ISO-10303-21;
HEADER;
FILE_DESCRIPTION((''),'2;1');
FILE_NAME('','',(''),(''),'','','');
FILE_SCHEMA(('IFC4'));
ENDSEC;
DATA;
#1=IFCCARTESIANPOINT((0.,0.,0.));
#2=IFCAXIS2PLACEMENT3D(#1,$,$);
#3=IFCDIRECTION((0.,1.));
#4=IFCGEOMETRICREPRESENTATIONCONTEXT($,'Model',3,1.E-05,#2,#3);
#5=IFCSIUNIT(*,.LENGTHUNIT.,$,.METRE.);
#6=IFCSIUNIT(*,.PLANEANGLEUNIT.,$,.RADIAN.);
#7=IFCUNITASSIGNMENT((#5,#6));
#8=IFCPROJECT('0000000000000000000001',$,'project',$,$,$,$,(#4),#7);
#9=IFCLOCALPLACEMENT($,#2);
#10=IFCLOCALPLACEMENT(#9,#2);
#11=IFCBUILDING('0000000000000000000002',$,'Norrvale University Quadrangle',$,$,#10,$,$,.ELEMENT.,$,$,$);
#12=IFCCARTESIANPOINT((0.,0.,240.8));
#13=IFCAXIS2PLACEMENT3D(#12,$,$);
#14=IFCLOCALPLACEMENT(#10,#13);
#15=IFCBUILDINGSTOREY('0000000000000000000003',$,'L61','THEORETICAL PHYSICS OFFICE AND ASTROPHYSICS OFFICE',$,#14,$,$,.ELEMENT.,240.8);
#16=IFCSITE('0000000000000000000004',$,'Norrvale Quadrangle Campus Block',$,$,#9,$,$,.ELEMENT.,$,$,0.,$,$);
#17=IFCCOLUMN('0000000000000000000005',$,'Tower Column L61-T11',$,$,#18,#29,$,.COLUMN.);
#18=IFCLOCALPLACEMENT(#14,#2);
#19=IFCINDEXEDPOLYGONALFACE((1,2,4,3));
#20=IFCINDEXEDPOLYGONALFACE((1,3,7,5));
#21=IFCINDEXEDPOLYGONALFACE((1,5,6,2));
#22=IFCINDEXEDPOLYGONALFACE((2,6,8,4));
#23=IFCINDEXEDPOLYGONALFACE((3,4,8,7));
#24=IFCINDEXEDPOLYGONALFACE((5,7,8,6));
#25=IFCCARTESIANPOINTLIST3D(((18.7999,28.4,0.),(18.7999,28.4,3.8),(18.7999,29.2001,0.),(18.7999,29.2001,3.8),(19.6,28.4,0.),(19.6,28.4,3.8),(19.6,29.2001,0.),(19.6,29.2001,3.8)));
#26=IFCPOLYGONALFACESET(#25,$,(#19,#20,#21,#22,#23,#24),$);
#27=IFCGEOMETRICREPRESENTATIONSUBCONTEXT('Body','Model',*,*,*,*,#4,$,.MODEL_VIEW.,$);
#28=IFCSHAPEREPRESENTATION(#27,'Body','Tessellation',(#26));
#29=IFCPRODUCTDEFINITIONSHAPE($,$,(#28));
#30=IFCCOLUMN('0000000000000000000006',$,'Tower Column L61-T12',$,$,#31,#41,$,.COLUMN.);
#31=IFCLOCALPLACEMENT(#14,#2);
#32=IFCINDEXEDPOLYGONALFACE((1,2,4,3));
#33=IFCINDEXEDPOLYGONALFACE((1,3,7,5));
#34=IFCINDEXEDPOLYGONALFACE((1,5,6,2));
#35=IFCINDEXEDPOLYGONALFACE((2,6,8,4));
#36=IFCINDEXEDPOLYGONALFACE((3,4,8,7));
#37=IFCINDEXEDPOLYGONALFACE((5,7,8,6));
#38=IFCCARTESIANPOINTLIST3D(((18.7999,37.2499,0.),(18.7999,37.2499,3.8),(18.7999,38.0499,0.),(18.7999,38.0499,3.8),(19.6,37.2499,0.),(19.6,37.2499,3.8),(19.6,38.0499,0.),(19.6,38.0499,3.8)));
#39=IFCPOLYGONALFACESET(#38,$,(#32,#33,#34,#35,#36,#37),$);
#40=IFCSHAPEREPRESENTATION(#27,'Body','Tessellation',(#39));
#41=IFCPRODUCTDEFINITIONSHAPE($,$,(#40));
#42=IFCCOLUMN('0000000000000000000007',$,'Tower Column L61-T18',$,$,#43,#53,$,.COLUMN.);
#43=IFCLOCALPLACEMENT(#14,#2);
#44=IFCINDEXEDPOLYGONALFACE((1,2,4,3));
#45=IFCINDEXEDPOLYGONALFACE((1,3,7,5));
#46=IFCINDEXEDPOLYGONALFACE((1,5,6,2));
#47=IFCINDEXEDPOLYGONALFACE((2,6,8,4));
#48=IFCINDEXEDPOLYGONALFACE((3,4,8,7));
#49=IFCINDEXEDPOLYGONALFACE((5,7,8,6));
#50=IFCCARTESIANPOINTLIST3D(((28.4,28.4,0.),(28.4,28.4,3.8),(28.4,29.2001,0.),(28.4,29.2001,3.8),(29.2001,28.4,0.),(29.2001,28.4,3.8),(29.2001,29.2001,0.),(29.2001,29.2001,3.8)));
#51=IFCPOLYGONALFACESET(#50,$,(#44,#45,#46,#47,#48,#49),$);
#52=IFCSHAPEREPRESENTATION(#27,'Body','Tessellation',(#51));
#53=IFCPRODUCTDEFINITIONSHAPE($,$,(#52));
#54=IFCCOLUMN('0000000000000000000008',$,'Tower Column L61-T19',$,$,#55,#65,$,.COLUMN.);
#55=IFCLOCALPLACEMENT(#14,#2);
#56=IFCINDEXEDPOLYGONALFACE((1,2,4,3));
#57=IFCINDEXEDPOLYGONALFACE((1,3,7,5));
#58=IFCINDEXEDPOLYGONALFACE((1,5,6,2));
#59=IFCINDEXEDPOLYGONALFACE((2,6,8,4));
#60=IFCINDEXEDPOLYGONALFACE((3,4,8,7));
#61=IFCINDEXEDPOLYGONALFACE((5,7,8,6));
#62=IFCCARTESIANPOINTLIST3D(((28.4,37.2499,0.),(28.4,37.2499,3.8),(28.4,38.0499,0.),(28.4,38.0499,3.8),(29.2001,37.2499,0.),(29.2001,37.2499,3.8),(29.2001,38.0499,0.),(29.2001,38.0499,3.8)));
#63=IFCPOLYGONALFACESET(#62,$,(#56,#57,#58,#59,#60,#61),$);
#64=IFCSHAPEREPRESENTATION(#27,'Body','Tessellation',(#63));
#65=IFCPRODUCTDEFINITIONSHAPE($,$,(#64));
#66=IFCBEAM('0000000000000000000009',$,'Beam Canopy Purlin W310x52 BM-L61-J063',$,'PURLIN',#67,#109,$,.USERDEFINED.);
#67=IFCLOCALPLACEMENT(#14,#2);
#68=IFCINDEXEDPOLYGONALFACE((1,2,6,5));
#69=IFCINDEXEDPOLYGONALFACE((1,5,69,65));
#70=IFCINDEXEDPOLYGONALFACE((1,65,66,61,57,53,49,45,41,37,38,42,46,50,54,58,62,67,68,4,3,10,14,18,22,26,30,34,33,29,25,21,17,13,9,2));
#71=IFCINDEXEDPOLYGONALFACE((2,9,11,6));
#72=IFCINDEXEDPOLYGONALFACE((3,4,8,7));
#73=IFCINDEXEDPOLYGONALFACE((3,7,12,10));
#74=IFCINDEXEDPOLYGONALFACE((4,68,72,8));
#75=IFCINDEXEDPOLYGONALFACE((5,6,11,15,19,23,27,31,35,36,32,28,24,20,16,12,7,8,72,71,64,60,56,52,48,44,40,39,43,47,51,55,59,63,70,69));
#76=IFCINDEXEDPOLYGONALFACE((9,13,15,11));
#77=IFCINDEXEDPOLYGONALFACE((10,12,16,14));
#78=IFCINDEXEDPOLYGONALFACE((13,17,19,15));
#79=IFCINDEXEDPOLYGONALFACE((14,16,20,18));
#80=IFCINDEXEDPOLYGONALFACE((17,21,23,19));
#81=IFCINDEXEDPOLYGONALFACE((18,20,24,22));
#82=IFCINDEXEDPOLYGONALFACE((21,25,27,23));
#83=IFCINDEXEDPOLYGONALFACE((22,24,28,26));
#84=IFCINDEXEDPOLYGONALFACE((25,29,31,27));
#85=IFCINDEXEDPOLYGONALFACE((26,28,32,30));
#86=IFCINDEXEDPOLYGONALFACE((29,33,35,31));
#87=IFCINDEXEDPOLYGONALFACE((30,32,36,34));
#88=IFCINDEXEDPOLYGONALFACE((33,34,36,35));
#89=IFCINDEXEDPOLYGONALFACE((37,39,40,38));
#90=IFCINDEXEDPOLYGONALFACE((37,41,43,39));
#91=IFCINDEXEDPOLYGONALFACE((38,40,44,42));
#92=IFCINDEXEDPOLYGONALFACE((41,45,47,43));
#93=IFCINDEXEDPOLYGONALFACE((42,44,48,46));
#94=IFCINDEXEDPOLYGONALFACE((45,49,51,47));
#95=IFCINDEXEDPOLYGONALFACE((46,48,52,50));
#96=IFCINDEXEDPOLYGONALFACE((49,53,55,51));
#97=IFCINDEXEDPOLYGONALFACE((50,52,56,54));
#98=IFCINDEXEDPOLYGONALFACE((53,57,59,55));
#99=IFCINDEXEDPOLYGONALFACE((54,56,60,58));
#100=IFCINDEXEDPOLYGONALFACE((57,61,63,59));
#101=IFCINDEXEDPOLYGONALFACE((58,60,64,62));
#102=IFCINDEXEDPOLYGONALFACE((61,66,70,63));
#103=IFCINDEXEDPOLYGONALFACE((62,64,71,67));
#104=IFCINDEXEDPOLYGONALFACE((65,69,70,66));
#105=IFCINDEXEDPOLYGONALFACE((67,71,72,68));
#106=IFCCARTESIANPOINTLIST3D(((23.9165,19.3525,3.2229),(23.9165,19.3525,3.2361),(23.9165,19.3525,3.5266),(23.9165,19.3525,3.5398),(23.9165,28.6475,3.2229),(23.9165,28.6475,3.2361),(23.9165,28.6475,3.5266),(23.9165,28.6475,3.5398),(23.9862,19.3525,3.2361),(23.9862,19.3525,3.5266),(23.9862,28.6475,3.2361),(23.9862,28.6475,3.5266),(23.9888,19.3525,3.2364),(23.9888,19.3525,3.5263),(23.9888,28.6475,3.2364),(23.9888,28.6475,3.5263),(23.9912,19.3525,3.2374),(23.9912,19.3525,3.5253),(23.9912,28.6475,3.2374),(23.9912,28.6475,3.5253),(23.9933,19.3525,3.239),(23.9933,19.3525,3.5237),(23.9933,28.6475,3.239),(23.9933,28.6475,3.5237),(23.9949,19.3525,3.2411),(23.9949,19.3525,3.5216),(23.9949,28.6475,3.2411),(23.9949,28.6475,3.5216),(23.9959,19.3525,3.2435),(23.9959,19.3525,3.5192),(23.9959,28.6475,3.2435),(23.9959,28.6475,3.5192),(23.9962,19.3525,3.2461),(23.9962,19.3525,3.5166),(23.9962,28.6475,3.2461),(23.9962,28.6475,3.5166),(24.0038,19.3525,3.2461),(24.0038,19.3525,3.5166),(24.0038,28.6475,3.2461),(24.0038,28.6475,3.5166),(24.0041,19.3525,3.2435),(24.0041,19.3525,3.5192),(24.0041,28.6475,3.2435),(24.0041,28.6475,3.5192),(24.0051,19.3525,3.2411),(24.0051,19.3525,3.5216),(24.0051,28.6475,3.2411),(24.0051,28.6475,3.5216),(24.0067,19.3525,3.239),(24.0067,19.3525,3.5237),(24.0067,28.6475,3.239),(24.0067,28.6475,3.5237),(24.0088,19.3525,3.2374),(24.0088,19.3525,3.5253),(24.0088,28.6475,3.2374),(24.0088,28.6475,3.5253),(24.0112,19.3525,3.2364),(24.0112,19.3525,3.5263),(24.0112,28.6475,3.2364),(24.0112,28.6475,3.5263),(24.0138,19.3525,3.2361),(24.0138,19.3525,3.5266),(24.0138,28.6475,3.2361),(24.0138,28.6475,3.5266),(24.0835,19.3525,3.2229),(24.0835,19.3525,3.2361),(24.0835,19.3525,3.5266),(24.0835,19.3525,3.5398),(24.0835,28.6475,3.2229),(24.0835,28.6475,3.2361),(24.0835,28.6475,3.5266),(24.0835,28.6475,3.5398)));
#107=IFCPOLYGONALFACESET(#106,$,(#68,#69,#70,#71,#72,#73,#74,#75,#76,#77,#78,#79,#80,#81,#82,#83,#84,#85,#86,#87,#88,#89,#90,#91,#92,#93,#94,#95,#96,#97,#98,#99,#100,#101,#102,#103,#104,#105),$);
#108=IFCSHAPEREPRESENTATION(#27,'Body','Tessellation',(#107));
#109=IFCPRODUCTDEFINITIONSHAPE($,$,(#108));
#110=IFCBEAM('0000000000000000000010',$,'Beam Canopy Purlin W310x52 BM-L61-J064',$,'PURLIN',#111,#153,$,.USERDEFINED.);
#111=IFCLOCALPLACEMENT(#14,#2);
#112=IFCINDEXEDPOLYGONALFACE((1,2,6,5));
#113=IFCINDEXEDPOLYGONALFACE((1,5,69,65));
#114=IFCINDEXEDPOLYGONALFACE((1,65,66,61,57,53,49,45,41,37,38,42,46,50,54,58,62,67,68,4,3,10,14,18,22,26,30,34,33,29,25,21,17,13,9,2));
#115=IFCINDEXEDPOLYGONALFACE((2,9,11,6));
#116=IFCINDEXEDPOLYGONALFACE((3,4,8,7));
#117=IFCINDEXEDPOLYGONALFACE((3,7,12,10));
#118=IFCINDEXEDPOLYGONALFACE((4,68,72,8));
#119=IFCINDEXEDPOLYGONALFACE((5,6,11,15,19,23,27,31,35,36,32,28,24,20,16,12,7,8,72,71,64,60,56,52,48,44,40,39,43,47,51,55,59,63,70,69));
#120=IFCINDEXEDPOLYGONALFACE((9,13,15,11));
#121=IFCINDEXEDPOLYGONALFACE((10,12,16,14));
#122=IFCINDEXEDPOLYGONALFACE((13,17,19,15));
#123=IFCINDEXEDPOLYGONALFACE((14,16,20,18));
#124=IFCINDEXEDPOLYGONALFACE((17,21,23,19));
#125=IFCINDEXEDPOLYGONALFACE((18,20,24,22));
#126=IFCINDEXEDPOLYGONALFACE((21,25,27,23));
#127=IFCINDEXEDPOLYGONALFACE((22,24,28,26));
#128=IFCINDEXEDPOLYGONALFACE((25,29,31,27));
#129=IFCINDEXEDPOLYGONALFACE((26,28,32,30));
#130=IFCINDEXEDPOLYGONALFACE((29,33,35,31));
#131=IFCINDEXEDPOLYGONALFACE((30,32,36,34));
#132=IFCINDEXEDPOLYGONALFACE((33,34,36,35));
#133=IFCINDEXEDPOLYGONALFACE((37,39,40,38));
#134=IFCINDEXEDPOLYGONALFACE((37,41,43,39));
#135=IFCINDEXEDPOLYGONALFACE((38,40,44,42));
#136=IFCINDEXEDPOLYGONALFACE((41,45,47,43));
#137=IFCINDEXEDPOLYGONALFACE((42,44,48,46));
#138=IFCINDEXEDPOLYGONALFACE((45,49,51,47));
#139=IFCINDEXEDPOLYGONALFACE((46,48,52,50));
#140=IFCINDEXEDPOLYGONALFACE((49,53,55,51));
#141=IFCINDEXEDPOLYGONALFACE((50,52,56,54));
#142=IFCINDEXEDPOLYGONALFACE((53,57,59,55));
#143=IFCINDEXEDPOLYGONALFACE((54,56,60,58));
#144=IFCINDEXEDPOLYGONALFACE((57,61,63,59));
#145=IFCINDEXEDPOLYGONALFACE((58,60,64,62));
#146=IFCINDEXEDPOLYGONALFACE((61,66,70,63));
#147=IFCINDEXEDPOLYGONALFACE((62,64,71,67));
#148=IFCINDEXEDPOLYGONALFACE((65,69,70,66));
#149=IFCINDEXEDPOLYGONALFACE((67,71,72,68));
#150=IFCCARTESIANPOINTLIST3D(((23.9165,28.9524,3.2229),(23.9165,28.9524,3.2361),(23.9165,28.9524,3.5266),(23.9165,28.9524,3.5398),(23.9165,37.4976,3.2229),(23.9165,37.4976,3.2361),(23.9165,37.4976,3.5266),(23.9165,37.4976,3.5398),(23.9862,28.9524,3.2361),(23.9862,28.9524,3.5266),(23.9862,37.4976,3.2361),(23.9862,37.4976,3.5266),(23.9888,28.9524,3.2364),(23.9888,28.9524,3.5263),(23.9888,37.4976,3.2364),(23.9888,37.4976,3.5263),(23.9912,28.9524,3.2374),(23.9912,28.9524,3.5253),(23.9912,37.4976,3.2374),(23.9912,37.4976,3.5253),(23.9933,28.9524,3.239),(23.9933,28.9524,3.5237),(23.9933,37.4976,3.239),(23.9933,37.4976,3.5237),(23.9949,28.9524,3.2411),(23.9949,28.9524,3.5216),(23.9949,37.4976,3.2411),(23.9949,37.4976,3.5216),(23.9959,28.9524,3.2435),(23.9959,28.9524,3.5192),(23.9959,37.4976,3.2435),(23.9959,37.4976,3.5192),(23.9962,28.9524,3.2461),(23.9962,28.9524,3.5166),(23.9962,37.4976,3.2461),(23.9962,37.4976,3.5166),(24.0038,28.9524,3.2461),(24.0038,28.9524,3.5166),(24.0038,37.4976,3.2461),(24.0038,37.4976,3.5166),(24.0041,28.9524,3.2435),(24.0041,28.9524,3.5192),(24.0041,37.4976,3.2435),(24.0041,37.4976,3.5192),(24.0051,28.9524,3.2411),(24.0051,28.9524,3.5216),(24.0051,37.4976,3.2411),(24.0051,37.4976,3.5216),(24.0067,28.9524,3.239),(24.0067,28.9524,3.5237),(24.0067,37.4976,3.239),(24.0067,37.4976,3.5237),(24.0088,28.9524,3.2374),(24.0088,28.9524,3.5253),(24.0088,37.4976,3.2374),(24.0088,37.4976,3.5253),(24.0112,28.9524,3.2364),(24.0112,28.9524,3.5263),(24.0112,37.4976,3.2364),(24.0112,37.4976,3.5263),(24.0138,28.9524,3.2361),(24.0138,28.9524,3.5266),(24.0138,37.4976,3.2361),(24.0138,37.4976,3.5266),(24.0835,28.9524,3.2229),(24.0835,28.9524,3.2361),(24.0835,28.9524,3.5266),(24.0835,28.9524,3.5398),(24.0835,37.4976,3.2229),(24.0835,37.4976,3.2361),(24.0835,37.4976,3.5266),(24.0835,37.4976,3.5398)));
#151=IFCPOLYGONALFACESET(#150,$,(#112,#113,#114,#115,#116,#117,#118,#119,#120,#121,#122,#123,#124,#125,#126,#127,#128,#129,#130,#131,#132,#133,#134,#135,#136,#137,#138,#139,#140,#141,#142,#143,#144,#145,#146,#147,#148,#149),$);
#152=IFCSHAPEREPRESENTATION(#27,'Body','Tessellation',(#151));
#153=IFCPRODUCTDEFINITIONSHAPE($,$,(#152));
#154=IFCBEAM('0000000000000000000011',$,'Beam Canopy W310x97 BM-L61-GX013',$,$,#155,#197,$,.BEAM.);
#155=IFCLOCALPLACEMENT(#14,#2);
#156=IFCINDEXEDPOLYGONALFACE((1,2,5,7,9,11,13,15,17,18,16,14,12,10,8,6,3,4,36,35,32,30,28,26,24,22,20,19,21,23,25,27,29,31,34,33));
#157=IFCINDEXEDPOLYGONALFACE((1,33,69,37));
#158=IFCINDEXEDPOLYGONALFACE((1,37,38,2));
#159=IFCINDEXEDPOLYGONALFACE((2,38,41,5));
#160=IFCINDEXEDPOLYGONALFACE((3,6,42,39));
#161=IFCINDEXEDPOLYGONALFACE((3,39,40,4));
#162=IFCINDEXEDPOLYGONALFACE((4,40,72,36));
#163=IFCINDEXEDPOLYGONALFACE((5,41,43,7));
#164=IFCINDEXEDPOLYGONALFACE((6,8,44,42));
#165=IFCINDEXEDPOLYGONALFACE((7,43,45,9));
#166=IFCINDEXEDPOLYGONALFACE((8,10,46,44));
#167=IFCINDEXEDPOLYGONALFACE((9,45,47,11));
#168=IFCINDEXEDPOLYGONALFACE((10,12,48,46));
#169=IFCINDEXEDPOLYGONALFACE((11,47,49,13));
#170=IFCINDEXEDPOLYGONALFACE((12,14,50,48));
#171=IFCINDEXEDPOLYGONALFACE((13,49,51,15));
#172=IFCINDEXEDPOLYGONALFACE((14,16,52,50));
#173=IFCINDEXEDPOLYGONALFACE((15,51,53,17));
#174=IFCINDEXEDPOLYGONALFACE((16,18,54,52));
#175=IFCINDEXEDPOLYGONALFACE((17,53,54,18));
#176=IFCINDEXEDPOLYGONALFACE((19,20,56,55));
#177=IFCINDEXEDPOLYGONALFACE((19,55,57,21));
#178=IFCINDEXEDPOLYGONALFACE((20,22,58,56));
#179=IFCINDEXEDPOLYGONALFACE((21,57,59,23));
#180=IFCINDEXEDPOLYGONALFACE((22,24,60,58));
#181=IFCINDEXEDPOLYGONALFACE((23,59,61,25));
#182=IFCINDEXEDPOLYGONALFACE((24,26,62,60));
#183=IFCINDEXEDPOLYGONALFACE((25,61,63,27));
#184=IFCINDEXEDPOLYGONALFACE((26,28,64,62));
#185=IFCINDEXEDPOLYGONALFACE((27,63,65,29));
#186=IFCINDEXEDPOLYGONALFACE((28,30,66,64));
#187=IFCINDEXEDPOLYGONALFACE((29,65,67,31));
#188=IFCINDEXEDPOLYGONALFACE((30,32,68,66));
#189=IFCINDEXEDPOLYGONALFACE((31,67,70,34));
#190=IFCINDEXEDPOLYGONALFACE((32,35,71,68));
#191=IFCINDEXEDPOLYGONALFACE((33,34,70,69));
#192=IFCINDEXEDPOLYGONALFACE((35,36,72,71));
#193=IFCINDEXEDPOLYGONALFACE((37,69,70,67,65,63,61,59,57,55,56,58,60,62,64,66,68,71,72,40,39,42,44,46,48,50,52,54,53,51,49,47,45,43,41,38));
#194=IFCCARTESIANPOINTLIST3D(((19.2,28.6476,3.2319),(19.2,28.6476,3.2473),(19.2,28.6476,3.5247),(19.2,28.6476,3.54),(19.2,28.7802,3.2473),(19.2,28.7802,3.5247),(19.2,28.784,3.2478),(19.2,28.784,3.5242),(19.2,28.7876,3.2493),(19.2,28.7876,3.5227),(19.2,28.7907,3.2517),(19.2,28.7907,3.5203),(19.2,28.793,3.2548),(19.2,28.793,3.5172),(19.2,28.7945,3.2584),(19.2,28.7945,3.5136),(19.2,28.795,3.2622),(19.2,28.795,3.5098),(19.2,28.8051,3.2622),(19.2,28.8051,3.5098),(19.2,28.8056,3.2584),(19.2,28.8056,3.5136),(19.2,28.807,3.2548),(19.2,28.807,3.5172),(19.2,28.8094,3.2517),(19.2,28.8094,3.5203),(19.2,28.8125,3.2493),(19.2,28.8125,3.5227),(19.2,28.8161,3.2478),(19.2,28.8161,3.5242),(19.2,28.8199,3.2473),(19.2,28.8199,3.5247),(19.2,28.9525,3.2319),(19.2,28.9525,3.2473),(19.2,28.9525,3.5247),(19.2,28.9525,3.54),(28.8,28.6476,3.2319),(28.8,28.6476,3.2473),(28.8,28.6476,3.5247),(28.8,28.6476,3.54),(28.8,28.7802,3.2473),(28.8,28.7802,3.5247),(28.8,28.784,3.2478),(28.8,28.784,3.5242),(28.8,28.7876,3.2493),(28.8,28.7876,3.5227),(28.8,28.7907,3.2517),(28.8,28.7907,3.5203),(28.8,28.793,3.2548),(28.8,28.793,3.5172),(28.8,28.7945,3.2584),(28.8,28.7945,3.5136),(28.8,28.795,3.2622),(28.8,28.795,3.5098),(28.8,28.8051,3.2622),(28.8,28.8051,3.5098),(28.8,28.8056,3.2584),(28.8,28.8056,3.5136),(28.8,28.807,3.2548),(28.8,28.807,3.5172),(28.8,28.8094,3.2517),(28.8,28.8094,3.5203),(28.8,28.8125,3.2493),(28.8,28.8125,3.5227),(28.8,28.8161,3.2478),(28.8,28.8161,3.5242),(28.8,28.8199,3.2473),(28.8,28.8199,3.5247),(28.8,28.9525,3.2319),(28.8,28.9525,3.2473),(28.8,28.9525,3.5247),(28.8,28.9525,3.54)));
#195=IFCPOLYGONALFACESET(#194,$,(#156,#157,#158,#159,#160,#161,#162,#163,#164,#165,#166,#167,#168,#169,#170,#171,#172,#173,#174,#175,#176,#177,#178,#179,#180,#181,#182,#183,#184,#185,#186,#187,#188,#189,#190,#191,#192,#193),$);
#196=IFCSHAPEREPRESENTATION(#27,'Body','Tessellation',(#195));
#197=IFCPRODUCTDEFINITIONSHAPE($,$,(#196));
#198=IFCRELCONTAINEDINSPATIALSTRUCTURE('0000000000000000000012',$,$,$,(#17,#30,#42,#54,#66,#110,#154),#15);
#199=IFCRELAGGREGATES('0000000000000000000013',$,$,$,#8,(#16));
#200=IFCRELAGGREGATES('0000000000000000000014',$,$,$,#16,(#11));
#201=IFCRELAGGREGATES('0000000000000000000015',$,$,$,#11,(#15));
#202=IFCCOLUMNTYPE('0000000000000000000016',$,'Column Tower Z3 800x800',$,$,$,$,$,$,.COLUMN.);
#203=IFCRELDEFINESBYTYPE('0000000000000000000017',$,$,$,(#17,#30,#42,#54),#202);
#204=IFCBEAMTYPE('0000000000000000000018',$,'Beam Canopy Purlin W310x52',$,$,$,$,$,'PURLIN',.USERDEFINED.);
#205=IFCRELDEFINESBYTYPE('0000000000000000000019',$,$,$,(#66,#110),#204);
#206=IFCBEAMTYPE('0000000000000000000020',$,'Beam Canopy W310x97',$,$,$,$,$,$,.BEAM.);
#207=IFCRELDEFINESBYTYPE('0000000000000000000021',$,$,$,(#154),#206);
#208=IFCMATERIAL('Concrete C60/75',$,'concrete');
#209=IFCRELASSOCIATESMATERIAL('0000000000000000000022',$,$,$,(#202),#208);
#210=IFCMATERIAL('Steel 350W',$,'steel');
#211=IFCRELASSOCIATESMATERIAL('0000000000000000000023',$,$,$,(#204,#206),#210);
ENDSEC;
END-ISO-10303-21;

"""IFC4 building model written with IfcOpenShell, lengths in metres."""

from ifc_helpers import new_model, si_unit, direction, frame, origin, origin_2d, place, context, subcontext, project, spatial, rectangle, i_section, extrude, material, material_profile, profile_set, type_object, element, save


model = new_model("IFC4")

# Units and contexts
model_context = context("Model", 3, precision=1e-05, world=origin(), true_north=direction((0.0, 1.0)))
body_context = subcontext(model_context, "Body", "Model", "MODEL_VIEW")
ifc_project = project(units=[si_unit("LENGTHUNIT", "METRE"), si_unit("PLANEANGLEUNIT", "RADIAN")], contexts=[model_context])

# Site, building, storey
site_placement = place(None, origin())
site = spatial("IfcSite", under=ifc_project, at=site_placement, Name="Norrvale Quadrangle Campus Block", CompositionType="ELEMENT", RefElevation=0.0)
building_placement = place(site_placement, origin())
building = spatial("IfcBuilding", under=site, at=building_placement, Name="Norrvale University Quadrangle", CompositionType="ELEMENT")
storey_placement = place(building_placement, frame((0.0, 0.0, 240.8)))
storey = spatial("IfcBuildingStorey", under=building, at=storey_placement, Name="L61", Description="THEORETICAL PHYSICS OFFICE AND ASTROPHYSICS OFFICE", CompositionType="ELEMENT", Elevation=240.8)

# Columns
ifc_material_1 = material(Name="Concrete C60/75", Category="concrete")
ifc_material_profile_1 = material_profile(ifc_material_1, rectangle(XDim=0.8, YDim=0.8, at=origin_2d()), Name="Concrete C60/75")
ifc_profile_set_1 = profile_set([ifc_material_profile_1], Name="Concrete C60/75")
column_type = type_object("IfcColumnType", Name="Column Tower Z3 800x800", PredefinedType="COLUMN", material=ifc_profile_set_1)
for number, where, z_axis, x_axis, name in (
    (1, (19.2, 28.8, 0.0), (0.0, 0.0, 1.0), (1.0, 0.0, 0.0), "Tower Column L61-T11"),
    (2, (19.2, 37.6499, 0.0), (0.0, 0.0, 1.0), (1.0, 0.0, 0.0), "Tower Column L61-T12"),
    (3, (28.8, 28.8, 0.0), (0.0, 0.0, 1.0), (1.0, 0.0, 0.0), "Tower Column L61-T18"),
    (4, (28.8, 37.6499, 0.0), (0.0, 0.0, 1.0), (1.0, 0.0, 0.0), "Tower Column L61-T19"),
):
    element("IfcColumn", number, at=place(storey_placement, frame(where, z_axis=z_axis, x_axis=x_axis)), inside=storey, type_object=column_type, Name=name, PredefinedType="COLUMN", context=body_context, shape_type="SweptSolid", body=[
        extrude(rectangle(XDim=0.8, YDim=0.8, at=origin_2d()), origin(), (0.0, 0.0, 1.0), 3.8),
    ])

# Beams
ifc_material_2 = material(Name="Steel 350W", Category="steel")
ifc_material_profile_2 = material_profile(ifc_material_2, i_section(OverallWidth=0.167, OverallDepth=0.3169, WebThickness=0.0076, FlangeThickness=0.0132, FilletRadius=0.01, at=origin_2d()), Name="Steel 350W")
ifc_profile_set_2 = profile_set([ifc_material_profile_2], Name="Steel 350W")
beam_type_1 = type_object("IfcBeamType", Name="Beam Canopy Purlin W310x52", ElementType="PURLIN", PredefinedType="USERDEFINED", material=ifc_profile_set_2)
beam_1_placement = place(storey_placement, frame((24.0, 19.3525, 3.3813), z_axis=(0.0, 1.0, 0.0), x_axis=(-1.0, 0.0, 0.0)))
element("IfcBeam", 5, at=beam_1_placement, inside=storey, type_object=beam_type_1, Name="Beam Canopy Purlin W310x52 BM-L61-J063", ObjectType="PURLIN", PredefinedType="USERDEFINED", context=body_context, shape_type="SweptSolid", body=[
    extrude(i_section(OverallWidth=0.167, OverallDepth=0.3169, WebThickness=0.0076, FlangeThickness=0.0132, FilletRadius=0.01, at=origin_2d()), origin(), (0.0, 0.0, 1.0), 9.2949),
])
beam_2_placement = place(storey_placement, frame((24.0, 28.9524, 3.3813), z_axis=(0.0, 1.0, 0.0), x_axis=(-1.0, 0.0, 0.0)))
element("IfcBeam", 6, at=beam_2_placement, inside=storey, type_object=beam_type_1, Name="Beam Canopy Purlin W310x52 BM-L61-J064", ObjectType="PURLIN", PredefinedType="USERDEFINED", context=body_context, shape_type="SweptSolid", body=[
    extrude(i_section(OverallWidth=0.167, OverallDepth=0.3169, WebThickness=0.0076, FlangeThickness=0.0132, FilletRadius=0.01, at=origin_2d()), origin(), (0.0, 0.0, 1.0), 8.5452),
])
ifc_material_profile_3 = material_profile(ifc_material_2, i_section(OverallWidth=0.3049, OverallDepth=0.3081, WebThickness=0.01, FlangeThickness=0.0154, FilletRadius=0.0149, at=origin_2d()), Name="Steel 350W")
ifc_profile_set_3 = profile_set([ifc_material_profile_3], Name="Steel 350W")
beam_type_2 = type_object("IfcBeamType", Name="Beam Canopy W310x97", PredefinedType="BEAM", material=ifc_profile_set_3)
beam_3_placement = place(storey_placement, frame((19.2, 28.8, 3.386), z_axis=(1.0, 0.0, 0.0), x_axis=(0.0, 1.0, 0.0)))
element("IfcBeam", 7, at=beam_3_placement, inside=storey, type_object=beam_type_2, Name="Beam Canopy W310x97 BM-L61-GX013", PredefinedType="BEAM", context=body_context, shape_type="SweptSolid", body=[
    extrude(i_section(OverallWidth=0.3049, OverallDepth=0.3081, WebThickness=0.01, FlangeThickness=0.0154, FilletRadius=0.0149, at=origin_2d()), origin(), (0.0, 0.0, 1.0), 9.6001),
])

save(model, "model.ifc")
